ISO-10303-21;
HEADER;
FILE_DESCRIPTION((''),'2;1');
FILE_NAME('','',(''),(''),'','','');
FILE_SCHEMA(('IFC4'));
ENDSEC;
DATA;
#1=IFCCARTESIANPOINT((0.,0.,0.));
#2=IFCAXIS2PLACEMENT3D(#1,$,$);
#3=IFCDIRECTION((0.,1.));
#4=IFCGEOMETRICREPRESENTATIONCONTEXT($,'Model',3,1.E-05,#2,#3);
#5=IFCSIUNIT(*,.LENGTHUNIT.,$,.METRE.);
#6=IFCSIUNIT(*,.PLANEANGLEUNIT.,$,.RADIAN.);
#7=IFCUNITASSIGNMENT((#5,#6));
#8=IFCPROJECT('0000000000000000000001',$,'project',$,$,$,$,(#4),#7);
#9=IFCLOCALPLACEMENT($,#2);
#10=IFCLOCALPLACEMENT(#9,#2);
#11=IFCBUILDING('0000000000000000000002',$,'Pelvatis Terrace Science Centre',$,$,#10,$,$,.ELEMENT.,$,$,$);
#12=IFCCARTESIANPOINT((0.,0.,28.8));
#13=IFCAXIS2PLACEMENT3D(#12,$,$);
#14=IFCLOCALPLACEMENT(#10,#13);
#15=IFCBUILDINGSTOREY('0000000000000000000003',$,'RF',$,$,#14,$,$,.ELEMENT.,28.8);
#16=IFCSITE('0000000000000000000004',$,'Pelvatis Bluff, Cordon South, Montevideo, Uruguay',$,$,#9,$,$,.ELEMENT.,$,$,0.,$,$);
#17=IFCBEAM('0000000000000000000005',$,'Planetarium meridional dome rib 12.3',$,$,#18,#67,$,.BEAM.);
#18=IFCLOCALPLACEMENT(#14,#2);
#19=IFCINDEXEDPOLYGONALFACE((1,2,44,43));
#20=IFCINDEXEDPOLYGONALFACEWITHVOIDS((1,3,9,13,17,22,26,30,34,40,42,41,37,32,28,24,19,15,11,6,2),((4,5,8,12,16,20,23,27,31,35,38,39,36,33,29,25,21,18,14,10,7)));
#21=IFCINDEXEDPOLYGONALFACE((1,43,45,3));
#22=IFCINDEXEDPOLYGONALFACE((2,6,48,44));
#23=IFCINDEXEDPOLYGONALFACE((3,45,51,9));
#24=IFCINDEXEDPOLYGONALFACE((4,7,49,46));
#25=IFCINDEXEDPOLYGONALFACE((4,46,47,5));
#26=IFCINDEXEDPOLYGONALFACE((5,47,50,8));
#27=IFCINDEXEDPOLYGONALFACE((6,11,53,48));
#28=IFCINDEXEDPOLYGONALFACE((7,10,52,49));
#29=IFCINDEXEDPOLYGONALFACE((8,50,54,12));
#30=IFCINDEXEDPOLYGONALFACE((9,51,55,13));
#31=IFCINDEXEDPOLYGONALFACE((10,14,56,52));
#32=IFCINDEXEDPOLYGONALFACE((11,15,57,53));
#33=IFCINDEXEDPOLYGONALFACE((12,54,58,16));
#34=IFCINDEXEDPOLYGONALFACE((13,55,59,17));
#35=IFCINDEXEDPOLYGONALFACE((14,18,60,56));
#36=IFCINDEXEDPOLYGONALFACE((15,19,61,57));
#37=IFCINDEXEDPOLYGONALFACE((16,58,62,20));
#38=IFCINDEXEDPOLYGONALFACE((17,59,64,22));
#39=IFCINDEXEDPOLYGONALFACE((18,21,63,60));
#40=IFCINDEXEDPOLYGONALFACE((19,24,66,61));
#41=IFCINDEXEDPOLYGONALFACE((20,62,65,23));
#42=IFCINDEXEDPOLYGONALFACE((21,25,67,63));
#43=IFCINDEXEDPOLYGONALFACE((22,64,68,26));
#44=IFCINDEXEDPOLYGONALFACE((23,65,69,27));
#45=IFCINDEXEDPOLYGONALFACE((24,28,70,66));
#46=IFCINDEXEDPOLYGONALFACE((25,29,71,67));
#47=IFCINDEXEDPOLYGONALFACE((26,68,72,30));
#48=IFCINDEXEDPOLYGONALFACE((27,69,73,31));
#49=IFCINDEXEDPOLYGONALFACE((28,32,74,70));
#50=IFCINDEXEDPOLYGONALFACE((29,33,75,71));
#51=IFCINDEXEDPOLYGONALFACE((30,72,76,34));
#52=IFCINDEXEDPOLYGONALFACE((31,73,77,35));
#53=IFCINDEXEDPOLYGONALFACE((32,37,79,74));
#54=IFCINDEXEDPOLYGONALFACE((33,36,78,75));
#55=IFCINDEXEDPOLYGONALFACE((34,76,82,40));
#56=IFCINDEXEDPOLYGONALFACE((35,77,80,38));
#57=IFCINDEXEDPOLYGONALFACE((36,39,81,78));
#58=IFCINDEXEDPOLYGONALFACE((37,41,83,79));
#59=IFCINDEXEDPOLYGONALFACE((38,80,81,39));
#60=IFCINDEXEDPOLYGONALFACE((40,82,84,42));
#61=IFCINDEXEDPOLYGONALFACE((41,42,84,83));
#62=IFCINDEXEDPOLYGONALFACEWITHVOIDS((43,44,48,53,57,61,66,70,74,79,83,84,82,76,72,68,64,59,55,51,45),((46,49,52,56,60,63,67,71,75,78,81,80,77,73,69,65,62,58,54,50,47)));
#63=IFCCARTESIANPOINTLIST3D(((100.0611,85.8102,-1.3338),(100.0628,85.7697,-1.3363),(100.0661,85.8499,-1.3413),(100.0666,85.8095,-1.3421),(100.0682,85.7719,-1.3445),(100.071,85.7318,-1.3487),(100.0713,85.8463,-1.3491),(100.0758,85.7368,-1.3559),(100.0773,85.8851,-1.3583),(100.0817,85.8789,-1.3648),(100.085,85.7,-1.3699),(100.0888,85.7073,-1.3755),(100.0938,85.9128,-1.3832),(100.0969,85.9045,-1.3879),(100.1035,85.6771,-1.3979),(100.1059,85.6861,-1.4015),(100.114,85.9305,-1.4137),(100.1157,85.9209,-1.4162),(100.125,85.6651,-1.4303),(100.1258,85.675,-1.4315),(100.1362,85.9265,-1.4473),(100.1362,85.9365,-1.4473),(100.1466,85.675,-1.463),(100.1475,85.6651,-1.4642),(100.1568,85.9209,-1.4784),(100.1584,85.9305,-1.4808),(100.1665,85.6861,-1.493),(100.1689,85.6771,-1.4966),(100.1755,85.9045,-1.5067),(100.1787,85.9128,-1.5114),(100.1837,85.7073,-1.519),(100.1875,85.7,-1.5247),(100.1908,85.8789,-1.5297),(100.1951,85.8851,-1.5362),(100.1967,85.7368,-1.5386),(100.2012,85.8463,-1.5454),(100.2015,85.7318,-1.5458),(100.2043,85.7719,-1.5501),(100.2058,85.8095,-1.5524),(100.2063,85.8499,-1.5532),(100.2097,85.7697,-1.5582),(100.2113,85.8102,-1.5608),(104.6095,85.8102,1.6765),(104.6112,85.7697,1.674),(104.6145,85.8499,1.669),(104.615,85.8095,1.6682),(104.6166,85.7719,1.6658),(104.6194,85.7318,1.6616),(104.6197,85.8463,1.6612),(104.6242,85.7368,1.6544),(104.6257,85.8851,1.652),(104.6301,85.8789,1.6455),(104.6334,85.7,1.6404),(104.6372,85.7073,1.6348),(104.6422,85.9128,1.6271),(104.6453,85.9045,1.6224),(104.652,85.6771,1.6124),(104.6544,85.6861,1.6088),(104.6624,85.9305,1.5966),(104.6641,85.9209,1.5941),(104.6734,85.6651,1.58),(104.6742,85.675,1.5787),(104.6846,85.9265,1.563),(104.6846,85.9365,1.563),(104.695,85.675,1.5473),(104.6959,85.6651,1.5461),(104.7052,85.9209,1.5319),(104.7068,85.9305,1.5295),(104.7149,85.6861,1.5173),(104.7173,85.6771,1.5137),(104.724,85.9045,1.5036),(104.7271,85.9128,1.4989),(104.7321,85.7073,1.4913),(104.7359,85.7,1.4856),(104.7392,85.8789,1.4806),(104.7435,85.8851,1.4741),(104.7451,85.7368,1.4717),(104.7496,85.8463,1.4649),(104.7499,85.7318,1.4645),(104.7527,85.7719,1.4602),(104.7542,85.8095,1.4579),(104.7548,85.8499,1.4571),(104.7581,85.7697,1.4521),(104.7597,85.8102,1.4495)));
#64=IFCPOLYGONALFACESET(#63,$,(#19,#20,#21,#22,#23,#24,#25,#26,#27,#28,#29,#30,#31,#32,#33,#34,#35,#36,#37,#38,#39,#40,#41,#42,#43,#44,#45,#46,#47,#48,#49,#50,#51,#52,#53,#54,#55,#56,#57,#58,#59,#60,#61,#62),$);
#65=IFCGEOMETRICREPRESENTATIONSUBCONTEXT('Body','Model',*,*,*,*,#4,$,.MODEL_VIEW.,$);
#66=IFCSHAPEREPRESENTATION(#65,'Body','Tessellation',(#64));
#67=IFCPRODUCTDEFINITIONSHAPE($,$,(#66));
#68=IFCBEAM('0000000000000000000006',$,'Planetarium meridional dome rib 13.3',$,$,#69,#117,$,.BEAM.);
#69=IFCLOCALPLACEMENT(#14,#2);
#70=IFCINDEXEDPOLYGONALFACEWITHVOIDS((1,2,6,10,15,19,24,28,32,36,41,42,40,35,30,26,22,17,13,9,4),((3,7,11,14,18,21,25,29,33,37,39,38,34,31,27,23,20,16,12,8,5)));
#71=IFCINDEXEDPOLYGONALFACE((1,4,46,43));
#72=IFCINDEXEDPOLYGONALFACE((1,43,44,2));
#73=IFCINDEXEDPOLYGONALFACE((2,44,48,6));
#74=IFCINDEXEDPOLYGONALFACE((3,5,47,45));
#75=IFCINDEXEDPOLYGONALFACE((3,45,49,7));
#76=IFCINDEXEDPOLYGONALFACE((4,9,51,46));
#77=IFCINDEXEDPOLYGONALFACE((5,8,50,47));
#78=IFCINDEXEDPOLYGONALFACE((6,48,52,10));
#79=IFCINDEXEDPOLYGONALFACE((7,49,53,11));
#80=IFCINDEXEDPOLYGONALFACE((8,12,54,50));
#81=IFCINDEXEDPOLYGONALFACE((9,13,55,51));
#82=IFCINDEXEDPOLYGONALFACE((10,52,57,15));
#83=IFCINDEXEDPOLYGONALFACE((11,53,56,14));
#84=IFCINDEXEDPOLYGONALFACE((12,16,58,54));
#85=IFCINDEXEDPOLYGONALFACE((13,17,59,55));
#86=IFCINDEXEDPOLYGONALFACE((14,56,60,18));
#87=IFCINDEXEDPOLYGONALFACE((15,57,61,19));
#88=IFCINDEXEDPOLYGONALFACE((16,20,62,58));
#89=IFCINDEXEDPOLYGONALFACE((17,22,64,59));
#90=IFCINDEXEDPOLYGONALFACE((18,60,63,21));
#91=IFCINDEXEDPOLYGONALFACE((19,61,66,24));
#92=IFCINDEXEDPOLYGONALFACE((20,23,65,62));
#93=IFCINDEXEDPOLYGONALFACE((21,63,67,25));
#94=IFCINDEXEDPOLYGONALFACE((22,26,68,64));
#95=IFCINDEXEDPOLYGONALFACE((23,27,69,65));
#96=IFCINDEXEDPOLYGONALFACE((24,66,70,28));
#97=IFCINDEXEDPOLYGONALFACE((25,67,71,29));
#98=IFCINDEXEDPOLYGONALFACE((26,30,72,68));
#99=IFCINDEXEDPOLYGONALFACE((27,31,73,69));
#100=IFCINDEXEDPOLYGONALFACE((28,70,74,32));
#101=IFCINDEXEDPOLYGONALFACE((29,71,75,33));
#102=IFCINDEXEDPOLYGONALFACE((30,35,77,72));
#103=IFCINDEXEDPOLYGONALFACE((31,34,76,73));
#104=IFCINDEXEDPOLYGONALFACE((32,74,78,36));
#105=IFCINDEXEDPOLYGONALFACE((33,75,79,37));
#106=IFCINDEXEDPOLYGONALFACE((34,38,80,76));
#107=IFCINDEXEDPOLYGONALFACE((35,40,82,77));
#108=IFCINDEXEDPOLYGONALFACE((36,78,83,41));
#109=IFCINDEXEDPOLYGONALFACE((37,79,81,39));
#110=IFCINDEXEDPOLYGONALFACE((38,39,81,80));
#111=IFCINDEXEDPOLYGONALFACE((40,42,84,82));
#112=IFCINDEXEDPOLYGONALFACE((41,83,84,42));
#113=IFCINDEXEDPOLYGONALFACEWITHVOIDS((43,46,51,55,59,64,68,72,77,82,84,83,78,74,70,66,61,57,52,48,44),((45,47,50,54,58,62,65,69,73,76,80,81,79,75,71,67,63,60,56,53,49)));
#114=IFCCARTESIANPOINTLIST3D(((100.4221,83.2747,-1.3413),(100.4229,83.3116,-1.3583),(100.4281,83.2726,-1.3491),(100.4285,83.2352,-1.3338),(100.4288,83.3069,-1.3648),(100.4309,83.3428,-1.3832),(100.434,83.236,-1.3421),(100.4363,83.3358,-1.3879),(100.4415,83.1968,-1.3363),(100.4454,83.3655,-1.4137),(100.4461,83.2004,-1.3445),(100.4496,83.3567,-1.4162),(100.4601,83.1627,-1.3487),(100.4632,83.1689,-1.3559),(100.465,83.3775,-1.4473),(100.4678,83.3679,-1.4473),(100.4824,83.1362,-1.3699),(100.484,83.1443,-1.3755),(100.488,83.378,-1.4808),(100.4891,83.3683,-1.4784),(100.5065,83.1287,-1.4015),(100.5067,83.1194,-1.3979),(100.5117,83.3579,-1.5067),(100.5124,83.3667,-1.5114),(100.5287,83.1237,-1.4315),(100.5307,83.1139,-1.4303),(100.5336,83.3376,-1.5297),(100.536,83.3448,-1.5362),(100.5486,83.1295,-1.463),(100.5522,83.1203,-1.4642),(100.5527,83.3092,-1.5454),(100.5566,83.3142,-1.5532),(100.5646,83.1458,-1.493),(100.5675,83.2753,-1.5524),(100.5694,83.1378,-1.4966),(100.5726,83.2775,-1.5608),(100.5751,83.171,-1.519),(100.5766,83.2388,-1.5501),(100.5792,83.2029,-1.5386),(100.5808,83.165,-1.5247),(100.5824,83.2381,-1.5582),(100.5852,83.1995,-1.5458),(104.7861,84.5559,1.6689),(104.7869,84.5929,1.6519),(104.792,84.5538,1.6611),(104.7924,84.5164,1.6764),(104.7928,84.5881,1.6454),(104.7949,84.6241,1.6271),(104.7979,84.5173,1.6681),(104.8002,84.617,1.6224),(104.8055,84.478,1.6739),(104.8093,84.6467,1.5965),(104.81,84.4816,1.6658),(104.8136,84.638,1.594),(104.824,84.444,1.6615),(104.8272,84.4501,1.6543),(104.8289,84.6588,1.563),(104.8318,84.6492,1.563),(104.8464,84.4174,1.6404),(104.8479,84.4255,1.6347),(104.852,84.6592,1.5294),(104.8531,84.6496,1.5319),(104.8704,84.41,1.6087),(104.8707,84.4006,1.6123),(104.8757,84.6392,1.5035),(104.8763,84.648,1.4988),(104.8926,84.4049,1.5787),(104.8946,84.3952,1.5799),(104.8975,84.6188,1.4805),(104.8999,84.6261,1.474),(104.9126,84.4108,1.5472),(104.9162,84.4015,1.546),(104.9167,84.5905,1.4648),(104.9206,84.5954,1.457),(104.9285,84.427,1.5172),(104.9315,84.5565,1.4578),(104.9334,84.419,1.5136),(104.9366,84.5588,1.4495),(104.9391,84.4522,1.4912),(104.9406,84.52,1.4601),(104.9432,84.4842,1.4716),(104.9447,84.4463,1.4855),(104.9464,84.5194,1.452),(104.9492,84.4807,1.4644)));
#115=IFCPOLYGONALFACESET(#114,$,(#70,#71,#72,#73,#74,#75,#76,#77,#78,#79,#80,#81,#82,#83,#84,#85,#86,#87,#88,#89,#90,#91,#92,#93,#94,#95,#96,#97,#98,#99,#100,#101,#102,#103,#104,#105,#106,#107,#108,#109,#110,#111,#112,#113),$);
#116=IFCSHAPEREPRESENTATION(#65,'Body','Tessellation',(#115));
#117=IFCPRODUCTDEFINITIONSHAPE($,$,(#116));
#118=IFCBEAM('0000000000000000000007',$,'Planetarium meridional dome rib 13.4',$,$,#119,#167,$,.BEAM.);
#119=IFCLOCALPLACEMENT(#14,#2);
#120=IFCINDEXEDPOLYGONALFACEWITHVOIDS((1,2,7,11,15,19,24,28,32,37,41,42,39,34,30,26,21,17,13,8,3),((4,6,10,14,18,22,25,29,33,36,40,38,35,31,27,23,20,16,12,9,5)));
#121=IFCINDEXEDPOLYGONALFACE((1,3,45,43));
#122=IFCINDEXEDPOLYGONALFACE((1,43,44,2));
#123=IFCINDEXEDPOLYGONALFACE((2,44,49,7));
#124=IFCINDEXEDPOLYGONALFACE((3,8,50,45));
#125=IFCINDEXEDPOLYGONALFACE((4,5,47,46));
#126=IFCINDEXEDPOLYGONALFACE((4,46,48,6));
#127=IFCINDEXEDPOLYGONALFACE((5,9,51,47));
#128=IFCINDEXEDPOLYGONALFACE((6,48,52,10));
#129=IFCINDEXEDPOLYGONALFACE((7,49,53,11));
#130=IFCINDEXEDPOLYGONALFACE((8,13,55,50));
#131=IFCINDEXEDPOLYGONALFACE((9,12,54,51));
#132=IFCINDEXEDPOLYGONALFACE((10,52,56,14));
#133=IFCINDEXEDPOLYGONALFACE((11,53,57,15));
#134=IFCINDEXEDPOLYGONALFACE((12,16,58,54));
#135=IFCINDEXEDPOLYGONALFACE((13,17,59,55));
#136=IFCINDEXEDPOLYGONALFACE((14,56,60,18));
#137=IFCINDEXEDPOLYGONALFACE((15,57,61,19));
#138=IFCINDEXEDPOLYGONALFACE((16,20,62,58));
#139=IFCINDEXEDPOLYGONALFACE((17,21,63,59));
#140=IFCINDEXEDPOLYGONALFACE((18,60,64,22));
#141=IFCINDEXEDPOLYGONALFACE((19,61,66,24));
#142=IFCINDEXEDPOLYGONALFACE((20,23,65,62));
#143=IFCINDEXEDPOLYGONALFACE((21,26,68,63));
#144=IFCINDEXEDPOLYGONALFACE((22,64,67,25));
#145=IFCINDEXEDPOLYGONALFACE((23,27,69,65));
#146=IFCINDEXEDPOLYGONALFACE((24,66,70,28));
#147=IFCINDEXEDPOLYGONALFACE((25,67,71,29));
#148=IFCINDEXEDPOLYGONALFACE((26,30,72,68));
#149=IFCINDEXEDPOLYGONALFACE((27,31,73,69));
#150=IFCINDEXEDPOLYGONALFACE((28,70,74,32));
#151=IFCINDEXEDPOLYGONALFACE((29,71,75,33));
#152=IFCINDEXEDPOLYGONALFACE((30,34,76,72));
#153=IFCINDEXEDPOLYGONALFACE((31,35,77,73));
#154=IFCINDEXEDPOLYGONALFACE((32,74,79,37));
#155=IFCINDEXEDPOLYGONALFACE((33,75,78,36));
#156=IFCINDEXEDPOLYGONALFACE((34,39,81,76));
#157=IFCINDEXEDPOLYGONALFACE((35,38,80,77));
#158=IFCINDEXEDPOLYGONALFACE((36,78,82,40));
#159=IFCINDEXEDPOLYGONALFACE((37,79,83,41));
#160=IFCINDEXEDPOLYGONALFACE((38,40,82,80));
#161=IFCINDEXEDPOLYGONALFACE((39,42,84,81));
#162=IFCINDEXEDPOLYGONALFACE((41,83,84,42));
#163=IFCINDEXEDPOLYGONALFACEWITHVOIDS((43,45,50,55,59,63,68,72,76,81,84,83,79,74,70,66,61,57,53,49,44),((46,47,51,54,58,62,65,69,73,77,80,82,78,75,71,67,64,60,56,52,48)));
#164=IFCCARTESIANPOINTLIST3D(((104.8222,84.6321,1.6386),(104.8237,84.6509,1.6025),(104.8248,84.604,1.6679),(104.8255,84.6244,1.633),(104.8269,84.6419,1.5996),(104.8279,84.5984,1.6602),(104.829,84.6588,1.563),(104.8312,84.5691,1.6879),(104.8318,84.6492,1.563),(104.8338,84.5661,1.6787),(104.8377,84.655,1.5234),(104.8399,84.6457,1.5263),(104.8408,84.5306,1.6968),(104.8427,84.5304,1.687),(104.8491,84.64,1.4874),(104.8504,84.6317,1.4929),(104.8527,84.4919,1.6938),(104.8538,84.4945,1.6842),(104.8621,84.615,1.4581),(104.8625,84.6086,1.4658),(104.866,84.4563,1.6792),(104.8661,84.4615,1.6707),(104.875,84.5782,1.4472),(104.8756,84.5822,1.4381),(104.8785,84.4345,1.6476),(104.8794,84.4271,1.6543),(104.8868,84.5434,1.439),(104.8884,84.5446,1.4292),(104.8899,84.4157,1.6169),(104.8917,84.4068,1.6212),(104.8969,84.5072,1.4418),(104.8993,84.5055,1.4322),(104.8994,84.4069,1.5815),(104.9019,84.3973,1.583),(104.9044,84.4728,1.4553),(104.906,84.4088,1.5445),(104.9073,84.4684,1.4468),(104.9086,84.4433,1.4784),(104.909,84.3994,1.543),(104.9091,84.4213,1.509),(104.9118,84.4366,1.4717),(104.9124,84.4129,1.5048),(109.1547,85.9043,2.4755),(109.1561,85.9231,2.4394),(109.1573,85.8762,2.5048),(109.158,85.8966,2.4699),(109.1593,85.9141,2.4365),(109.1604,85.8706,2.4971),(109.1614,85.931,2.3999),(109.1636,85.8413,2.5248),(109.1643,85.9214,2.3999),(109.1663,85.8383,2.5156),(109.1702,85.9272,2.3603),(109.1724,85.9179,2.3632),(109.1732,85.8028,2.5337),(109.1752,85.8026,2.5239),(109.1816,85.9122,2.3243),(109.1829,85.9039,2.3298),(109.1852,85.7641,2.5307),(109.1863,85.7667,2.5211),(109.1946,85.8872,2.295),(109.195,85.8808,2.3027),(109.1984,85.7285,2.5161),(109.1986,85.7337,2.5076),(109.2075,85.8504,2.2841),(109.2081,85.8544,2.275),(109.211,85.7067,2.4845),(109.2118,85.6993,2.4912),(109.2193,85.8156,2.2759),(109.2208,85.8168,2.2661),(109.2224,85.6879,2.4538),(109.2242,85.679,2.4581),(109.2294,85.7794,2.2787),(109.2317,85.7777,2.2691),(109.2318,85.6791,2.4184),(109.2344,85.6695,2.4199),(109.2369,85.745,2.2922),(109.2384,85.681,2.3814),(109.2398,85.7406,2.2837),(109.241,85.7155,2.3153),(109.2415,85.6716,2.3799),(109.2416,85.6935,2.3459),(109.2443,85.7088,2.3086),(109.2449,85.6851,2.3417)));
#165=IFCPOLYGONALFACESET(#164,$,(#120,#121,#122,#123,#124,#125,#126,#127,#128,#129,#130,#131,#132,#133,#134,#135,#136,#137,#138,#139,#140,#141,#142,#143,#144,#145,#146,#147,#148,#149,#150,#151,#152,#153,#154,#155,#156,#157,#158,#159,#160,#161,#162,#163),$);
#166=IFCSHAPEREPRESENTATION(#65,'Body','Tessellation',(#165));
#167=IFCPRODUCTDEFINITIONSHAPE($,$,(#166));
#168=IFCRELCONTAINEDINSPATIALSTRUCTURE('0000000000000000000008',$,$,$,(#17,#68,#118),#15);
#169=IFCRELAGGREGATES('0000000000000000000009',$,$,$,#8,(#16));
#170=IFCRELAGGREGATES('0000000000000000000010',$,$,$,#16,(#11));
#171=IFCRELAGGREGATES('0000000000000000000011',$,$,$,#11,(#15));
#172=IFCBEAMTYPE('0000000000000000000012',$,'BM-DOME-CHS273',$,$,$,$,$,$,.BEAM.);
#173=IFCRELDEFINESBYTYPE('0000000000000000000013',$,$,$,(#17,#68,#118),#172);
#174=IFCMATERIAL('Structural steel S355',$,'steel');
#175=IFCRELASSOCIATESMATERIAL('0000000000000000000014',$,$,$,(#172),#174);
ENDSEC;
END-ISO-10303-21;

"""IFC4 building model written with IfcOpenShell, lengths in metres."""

from ifc_helpers import new_model, si_unit, direction, frame, origin, origin_2d, place, context, subcontext, project, spatial, hollow_circle, extrude, material, material_profile, profile_set, type_object, element, save


model = new_model("IFC4")

# Units and contexts
model_context = context("Model", 3, precision=1e-05, world=origin(), true_north=direction((0.0, 1.0)))
body_context = subcontext(model_context, "Body", "Model", "MODEL_VIEW")
ifc_project = project(units=[si_unit("LENGTHUNIT", "METRE"), si_unit("PLANEANGLEUNIT", "RADIAN")], contexts=[model_context])

# Site, building, storey
site_placement = place(None, origin())
site = spatial("IfcSite", under=ifc_project, at=site_placement, Name="Pelvatis Bluff, Cordon South, Montevideo, Uruguay", CompositionType="ELEMENT", RefElevation=0.0)
building_placement = place(site_placement, origin())
building = spatial("IfcBuilding", under=site, at=building_placement, Name="Pelvatis Terrace Science Centre", CompositionType="ELEMENT")
storey_placement = place(building_placement, frame((0.0, 0.0, 28.8)))
storey = spatial("IfcBuildingStorey", under=building, at=storey_placement, Name="RF", CompositionType="ELEMENT", Elevation=28.8)

# Beams
ifc_material_1 = material(Name="Structural steel S355", Category="steel")
ifc_material_profile_1 = material_profile(ifc_material_1, hollow_circle(Radius=0.1365, WallThickness=0.01, at=origin_2d()), Name="CHS 273.0x10.0")
ifc_profile_set_1 = profile_set([ifc_material_profile_1], Name="Structural steel S355")
beam_type_1 = type_object("IfcBeamType", Name="BM-DOME-CHS273", PredefinedType="BEAM", material=ifc_profile_set_1)
beam_1_placement = place(storey_placement, frame((100.1362, 85.8, -1.4473), z_axis=(0.833905, 0.0, 0.551908), x_axis=(0.0, 1.0, 0.0)))
element("IfcBeam", 1, at=beam_1_placement, inside=storey, type_object=beam_type_1, Name="Planetarium meridional dome rib 12.3", PredefinedType="BEAM", context=body_context, shape_type="SweptSolid", body=[
    extrude(hollow_circle(Radius=0.1365, WallThickness=0.01, at=origin_2d()), origin(), (0.0, 0.0, 1.0), 5.4543),
])
beam_2_placement = place(storey_placement, frame((100.5034, 83.2466, -1.4473), z_axis=(0.800126, 0.234912, 0.551919), x_axis=(-0.281704, 0.959501, 0.0)))
element("IfcBeam", 2, at=beam_2_placement, inside=storey, type_object=beam_type_1, Name="Planetarium meridional dome rib 13.3", PredefinedType="BEAM", context=body_context, shape_type="SweptSolid", body=[
    extrude(hollow_circle(Radius=0.1365, WallThickness=0.01, at=origin_2d()), origin(), (0.0, 0.0, 1.0), 5.4541),
])
beam_3_placement = place(storey_placement, frame((104.8674, 84.5278, 1.563), z_axis=(0.943421, 0.27703, 0.182241), x_axis=(-0.281748, 0.959489, 0.0)))
element("IfcBeam", 3, at=beam_3_placement, inside=storey, type_object=beam_type_1, Name="Planetarium meridional dome rib 13.4", PredefinedType="BEAM", context=body_context, shape_type="SweptSolid", body=[
    extrude(hollow_circle(Radius=0.1365, WallThickness=0.01, at=origin_2d()), origin(), (0.0, 0.0, 1.0), 4.5923),
])

save(model, "model.ifc")
